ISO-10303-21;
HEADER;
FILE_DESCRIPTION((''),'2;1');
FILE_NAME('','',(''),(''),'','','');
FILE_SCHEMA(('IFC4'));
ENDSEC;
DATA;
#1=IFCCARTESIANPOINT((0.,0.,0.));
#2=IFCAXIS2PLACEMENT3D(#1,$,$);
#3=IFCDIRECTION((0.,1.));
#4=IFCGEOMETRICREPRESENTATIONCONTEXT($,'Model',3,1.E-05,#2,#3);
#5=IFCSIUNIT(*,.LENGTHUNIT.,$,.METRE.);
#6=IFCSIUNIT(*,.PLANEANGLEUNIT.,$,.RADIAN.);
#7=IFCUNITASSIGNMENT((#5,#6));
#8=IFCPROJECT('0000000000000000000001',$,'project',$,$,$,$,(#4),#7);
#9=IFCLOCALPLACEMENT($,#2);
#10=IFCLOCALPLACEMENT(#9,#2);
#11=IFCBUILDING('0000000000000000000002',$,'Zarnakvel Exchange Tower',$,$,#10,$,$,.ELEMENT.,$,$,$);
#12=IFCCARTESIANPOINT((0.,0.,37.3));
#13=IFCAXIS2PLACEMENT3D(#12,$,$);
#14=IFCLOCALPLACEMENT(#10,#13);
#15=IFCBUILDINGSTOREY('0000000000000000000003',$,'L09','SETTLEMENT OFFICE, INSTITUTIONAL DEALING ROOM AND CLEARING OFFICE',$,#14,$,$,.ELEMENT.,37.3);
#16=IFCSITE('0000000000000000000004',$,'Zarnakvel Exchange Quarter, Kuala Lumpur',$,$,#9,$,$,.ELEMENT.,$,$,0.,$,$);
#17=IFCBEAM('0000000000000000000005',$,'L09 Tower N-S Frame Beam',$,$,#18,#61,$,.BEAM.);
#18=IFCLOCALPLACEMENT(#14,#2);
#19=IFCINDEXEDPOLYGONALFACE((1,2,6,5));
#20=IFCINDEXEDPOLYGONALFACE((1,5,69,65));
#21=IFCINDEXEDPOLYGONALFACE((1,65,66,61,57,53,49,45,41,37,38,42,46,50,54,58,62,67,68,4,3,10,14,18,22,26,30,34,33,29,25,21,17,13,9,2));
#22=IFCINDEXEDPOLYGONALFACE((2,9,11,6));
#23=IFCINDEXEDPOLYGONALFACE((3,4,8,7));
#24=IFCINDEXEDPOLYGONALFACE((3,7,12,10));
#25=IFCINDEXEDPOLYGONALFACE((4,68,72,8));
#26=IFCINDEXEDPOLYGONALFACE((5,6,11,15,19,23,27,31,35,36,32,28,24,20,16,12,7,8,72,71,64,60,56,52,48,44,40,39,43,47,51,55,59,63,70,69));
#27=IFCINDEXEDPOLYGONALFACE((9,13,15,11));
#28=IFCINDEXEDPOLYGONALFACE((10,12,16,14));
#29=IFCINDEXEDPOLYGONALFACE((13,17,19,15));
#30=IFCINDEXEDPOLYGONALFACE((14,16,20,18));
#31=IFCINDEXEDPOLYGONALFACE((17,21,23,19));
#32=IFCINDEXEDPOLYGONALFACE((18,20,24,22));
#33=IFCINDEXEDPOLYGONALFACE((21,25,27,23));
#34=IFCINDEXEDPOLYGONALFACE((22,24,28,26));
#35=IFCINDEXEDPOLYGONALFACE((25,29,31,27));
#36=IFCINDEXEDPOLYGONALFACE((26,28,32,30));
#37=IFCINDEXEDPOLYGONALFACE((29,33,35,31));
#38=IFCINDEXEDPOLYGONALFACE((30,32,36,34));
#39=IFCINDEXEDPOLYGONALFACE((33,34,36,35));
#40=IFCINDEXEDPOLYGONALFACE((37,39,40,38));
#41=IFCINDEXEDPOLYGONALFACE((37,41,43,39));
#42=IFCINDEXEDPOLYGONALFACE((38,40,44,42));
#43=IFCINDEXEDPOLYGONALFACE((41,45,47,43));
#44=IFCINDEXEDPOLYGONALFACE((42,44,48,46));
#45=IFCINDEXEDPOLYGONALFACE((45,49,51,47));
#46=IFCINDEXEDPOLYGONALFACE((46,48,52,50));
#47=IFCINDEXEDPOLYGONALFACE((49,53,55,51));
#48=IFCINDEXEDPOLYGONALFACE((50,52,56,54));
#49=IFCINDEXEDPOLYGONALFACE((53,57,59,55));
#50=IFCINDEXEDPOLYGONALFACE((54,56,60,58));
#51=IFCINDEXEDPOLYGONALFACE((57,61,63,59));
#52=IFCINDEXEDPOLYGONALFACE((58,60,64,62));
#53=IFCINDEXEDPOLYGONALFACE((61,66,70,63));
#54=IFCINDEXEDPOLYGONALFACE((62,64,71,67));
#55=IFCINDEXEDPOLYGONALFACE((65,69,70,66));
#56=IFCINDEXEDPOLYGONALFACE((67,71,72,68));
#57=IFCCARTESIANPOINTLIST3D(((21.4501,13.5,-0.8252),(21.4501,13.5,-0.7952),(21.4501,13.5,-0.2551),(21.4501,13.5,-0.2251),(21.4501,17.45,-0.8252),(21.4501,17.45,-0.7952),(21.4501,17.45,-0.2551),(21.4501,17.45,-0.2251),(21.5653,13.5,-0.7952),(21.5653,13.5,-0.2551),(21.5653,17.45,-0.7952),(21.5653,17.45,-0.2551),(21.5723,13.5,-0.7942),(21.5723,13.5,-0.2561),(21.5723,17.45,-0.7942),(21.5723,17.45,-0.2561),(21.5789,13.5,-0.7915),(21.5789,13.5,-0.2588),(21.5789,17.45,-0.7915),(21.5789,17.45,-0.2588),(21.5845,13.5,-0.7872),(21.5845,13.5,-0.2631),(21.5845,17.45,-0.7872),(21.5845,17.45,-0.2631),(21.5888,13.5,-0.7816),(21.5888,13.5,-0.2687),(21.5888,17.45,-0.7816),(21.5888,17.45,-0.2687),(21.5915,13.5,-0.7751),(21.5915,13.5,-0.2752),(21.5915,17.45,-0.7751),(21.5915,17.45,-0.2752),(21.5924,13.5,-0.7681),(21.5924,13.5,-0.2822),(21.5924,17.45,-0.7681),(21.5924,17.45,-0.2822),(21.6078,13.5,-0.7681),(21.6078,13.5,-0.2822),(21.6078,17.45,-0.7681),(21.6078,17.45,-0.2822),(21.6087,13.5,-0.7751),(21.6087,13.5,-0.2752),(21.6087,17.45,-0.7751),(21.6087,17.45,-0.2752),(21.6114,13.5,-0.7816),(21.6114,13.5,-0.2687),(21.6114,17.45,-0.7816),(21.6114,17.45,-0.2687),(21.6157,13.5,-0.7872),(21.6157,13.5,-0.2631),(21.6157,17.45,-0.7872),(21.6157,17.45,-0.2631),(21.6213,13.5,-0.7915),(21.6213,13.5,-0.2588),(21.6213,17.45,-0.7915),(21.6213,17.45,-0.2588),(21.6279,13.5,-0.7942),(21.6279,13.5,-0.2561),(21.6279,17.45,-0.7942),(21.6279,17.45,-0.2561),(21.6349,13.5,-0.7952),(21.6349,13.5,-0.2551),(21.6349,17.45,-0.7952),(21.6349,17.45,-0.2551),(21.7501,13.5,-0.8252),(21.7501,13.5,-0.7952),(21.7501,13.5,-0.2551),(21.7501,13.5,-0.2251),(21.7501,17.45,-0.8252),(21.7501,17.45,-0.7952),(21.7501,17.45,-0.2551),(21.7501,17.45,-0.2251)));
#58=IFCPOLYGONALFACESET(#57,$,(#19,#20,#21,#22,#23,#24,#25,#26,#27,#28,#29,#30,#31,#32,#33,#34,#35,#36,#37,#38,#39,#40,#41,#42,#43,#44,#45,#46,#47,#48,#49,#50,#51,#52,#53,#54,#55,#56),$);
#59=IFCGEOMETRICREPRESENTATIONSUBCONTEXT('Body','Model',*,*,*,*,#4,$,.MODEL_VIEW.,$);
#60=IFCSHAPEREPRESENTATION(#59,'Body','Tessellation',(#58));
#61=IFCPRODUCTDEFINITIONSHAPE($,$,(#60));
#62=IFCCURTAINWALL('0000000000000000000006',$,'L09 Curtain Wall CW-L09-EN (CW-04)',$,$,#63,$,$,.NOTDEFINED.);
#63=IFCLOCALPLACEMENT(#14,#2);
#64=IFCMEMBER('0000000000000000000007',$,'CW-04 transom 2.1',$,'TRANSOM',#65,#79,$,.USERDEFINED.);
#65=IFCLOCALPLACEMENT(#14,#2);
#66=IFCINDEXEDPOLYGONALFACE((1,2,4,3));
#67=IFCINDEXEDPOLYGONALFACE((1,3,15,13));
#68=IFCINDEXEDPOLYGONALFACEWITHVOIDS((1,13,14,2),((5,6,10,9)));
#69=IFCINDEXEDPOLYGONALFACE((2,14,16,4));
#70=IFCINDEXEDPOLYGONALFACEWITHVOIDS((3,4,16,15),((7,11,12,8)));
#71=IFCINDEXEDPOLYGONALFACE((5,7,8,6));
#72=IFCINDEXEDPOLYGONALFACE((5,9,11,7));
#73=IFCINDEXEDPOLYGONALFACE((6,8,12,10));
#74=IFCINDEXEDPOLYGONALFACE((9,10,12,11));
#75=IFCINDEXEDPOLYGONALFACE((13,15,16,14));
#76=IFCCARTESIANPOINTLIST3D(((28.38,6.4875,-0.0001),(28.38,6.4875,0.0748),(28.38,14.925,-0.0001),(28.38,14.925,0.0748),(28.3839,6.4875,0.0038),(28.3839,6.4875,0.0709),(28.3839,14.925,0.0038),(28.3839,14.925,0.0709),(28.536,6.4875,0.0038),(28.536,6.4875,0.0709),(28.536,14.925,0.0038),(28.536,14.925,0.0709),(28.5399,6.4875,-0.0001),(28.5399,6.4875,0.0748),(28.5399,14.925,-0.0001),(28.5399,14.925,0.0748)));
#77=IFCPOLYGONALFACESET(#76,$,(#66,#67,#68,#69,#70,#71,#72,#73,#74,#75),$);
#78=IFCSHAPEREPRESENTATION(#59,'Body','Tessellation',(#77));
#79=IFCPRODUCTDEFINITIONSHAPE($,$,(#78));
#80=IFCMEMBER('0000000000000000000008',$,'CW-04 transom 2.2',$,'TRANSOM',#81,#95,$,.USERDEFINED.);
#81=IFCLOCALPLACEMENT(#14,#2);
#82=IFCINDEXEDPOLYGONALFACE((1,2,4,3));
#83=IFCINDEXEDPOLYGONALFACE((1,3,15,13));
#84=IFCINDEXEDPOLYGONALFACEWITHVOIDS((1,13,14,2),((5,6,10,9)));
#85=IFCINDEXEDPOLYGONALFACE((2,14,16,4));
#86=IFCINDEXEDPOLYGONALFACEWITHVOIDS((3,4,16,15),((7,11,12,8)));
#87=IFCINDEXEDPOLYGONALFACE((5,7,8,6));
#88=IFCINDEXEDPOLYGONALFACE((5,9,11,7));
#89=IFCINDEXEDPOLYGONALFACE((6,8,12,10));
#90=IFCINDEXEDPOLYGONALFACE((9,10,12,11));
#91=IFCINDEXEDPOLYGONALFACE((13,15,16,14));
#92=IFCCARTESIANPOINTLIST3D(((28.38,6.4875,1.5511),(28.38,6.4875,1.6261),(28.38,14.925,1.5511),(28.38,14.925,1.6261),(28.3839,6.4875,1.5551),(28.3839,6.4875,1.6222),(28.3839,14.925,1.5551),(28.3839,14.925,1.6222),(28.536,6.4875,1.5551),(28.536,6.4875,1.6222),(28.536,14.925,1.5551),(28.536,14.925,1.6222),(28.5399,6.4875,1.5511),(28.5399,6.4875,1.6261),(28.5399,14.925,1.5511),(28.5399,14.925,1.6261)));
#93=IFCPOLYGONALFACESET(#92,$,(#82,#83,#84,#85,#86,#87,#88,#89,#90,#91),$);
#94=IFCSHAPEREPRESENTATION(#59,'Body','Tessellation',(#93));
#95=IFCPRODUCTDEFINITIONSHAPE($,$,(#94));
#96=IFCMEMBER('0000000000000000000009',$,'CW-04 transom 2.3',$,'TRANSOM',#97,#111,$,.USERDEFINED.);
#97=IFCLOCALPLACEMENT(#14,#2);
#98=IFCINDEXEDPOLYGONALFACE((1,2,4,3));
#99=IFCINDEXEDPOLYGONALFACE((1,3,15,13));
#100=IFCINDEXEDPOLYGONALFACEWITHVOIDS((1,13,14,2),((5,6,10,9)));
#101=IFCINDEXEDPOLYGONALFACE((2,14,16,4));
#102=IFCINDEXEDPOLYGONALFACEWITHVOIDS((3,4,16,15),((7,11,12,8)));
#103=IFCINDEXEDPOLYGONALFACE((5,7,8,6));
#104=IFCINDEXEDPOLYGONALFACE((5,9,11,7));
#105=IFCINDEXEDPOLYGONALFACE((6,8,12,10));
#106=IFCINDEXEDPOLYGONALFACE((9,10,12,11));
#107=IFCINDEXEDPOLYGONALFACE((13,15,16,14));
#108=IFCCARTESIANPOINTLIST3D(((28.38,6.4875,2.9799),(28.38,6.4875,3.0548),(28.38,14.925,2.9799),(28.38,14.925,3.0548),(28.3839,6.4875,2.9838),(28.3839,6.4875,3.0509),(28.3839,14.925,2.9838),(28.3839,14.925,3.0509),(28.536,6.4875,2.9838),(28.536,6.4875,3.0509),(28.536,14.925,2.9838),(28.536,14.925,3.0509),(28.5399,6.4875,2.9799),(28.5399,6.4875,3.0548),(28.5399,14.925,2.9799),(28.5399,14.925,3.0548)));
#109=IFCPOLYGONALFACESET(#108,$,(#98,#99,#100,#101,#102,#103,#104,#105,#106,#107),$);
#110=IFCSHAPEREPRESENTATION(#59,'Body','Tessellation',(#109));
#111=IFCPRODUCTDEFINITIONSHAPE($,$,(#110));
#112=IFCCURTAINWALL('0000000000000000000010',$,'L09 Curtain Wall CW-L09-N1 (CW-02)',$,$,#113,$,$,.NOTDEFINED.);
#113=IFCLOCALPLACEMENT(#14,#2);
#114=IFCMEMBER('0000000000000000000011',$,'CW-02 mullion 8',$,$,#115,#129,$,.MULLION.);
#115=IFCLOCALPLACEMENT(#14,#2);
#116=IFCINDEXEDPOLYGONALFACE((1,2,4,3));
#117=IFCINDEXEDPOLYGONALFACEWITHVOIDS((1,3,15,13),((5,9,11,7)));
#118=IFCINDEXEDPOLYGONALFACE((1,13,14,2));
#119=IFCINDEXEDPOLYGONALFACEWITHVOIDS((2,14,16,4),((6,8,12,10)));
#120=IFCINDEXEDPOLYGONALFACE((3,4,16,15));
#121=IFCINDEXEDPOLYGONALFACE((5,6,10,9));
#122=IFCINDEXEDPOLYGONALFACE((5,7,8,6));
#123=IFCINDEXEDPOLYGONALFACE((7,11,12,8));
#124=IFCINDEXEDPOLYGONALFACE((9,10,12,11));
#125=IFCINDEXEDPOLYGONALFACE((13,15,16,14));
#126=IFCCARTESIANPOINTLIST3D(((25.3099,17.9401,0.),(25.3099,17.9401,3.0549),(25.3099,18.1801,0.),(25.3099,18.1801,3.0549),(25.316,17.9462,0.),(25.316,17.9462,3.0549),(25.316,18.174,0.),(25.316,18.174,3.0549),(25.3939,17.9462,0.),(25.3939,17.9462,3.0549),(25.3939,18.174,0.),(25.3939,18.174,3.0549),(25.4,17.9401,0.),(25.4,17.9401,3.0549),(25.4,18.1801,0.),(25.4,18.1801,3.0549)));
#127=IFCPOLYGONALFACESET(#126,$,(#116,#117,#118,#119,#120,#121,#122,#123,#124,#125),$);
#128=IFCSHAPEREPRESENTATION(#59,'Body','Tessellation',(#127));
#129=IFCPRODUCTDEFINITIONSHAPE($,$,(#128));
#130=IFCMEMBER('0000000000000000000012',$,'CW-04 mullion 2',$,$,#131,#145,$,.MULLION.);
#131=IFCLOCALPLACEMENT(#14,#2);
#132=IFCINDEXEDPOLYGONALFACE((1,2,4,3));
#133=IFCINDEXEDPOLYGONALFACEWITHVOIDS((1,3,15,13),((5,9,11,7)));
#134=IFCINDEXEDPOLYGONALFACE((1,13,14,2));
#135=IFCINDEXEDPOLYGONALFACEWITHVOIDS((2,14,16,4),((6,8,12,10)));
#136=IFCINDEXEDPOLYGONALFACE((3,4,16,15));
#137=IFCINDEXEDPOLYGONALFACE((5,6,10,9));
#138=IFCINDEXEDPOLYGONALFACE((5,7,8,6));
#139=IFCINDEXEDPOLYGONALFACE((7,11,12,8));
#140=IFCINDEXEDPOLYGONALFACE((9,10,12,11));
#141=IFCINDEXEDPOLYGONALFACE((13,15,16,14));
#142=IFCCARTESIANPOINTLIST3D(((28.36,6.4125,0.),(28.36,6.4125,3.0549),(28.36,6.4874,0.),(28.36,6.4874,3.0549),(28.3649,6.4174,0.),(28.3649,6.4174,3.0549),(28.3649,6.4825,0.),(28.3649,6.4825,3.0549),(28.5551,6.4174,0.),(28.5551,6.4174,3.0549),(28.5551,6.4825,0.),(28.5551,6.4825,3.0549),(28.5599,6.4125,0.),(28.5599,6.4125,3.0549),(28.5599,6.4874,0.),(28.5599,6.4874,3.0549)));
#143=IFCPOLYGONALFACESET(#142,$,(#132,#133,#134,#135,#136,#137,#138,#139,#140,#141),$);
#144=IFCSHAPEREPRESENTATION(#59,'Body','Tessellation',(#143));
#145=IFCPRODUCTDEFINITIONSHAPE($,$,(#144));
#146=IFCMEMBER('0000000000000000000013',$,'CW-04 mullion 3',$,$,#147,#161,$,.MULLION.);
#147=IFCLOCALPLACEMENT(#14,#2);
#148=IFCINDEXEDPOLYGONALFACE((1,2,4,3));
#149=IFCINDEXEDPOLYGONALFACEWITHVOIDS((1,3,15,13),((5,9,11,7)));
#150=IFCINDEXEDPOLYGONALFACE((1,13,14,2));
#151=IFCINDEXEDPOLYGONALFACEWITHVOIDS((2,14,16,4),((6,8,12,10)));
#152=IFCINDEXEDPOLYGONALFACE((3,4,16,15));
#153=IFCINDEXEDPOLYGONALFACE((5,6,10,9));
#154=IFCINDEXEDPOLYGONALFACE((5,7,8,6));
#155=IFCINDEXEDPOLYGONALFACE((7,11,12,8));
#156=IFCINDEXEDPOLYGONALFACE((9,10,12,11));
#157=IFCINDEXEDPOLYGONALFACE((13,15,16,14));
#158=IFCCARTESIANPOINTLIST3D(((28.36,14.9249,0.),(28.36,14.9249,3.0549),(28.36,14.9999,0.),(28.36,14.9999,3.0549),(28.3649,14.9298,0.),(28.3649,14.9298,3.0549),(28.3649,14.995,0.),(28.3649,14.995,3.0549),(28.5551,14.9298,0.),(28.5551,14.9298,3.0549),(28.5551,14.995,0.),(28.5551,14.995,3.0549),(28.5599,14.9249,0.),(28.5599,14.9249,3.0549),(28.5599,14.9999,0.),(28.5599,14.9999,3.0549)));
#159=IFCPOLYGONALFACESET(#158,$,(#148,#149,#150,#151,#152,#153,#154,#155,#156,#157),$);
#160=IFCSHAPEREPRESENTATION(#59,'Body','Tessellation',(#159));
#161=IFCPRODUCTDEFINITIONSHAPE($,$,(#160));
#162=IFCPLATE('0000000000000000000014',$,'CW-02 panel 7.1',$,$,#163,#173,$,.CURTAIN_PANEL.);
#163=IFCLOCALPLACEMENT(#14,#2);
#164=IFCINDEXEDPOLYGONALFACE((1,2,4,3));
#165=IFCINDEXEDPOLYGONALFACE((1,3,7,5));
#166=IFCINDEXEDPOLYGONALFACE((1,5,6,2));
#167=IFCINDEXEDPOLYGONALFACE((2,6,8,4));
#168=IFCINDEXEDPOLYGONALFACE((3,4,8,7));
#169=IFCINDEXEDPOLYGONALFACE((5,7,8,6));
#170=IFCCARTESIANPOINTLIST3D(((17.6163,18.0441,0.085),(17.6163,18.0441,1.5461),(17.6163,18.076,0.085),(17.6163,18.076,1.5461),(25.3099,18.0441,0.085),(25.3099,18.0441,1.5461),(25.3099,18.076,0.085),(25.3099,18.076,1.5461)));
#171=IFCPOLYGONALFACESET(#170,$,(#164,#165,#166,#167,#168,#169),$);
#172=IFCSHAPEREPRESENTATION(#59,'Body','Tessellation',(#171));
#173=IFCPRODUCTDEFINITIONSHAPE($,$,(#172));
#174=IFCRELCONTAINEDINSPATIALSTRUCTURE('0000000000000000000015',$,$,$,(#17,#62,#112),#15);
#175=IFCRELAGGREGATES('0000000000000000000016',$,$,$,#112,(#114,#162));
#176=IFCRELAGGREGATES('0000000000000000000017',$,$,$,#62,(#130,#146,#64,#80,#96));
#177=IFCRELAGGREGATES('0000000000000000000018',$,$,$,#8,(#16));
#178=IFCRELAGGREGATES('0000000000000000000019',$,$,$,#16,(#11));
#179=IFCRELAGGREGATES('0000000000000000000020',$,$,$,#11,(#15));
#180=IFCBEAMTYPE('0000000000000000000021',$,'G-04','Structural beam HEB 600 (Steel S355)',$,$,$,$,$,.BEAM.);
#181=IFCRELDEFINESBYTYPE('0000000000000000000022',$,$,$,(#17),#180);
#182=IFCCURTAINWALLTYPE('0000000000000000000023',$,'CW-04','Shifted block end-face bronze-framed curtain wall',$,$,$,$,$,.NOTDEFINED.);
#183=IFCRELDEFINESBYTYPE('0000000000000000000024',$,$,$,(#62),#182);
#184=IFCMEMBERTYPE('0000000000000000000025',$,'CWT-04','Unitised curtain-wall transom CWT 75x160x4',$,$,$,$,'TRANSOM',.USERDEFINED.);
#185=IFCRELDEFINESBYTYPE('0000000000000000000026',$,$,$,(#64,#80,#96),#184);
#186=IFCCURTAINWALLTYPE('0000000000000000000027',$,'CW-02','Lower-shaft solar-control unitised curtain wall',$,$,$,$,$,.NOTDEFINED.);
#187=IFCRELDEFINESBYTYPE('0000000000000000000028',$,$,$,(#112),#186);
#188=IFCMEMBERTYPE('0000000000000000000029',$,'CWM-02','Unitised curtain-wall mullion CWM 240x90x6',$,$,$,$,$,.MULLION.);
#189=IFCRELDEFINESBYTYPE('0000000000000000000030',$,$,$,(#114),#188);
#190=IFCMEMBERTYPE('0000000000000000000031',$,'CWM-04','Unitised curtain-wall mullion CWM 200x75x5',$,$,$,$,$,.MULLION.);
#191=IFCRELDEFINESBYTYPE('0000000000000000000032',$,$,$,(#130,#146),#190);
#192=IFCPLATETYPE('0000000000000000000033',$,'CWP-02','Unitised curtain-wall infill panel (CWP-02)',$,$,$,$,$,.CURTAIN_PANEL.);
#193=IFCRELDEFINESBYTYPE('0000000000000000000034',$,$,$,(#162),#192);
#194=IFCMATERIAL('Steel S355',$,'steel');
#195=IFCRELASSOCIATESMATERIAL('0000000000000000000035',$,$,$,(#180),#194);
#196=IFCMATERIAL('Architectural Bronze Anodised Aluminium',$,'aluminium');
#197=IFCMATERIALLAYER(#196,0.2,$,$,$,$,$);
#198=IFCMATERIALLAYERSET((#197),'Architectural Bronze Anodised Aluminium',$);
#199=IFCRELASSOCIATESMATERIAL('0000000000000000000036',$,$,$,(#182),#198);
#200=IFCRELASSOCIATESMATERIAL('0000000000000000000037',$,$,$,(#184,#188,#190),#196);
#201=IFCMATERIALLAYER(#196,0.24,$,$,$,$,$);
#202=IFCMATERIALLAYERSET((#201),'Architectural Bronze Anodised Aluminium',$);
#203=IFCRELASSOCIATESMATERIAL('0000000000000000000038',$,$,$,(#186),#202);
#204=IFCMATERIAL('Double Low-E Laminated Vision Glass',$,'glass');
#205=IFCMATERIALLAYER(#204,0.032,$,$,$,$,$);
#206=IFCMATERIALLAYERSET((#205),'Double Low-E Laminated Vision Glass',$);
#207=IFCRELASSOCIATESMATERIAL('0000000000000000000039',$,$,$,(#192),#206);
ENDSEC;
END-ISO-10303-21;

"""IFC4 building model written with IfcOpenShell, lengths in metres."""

from ifc_helpers import new_model, si_unit, direction, frame, origin, origin_2d, place, context, subcontext, project, spatial, rectangle, hollow_rectangle, i_section, extrude, source, transform, mapped, material, layer, layer_set, material_profile, profile_set, type_object, element, aggregate, save


model = new_model("IFC4")

# Units and contexts
model_context = context("Model", 3, precision=1e-05, world=origin(), true_north=direction((0.0, 1.0)))
body_context = subcontext(model_context, "Body", "Model", "MODEL_VIEW")
ifc_project = project(units=[si_unit("LENGTHUNIT", "METRE"), si_unit("PLANEANGLEUNIT", "RADIAN")], contexts=[model_context])

# Site, building, storey
site_placement = place(None, origin())
site = spatial("IfcSite", under=ifc_project, at=site_placement, Name="Zarnakvel Exchange Quarter, Kuala Lumpur", CompositionType="ELEMENT", RefElevation=0.0)
building_placement = place(site_placement, origin())
building = spatial("IfcBuilding", under=site, at=building_placement, Name="Zarnakvel Exchange Tower", CompositionType="ELEMENT")
storey_placement = place(building_placement, frame((0.0, 0.0, 37.3)))
storey = spatial("IfcBuildingStorey", under=building, at=storey_placement, Name="L09", Description="SETTLEMENT OFFICE, INSTITUTIONAL DEALING ROOM AND CLEARING OFFICE", CompositionType="ELEMENT", Elevation=37.3)

# Shared definitions
ifc_material_1 = material(Name="Steel S355", Category="steel")

# Beam
ifc_material_profile_1 = material_profile(ifc_material_1, i_section(OverallWidth=0.3, OverallDepth=0.6001, WebThickness=0.0154, FlangeThickness=0.03, FilletRadius=0.0271, at=origin_2d()))
ifc_profile_set_1 = profile_set([ifc_material_profile_1], Name="Steel S355")
beam_type = type_object("IfcBeamType", Name="G-04", Description="Structural beam HEB 600 (Steel S355)", PredefinedType="BEAM", material=ifc_profile_set_1)
beam_1_placement = place(storey_placement, frame((21.6001, 13.5, -0.5251), z_axis=(0.0, 1.0, 0.0), x_axis=(-1.0, 0.0, 0.0)))
element("IfcBeam", 1, at=beam_1_placement, inside=storey, type_object=beam_type, Name="L09 Tower N-S Frame Beam", PredefinedType="BEAM", context=body_context, shape_type="SweptSolid", body=[
    extrude(i_section(OverallWidth=0.3, OverallDepth=0.6001, WebThickness=0.0154, FlangeThickness=0.03, FilletRadius=0.0271, at=origin_2d()), origin(), (0.0, 0.0, 1.0), 3.95),
])

# Curtain wall, members
ifc_material_2 = material(Name="Architectural Bronze Anodised Aluminium", Category="aluminium")
ifc_layer_1 = layer(ifc_material_2, 0.2)
ifc_layer_set_1 = layer_set([ifc_layer_1], Name="Architectural Bronze Anodised Aluminium")
curtain_wall_type_1 = type_object("IfcCurtainWallType", Name="CW-04", Description="Shifted block end-face bronze-framed curtain wall", PredefinedType="NOTDEFINED", material=ifc_layer_set_1)
curtain_wall_1_placement = place(storey_placement, origin())
curtain_wall_1 = element("IfcCurtainWall", 2, at=curtain_wall_1_placement, inside=storey, type_object=curtain_wall_type_1, Name="L09 Curtain Wall CW-L09-EN (CW-04)", PredefinedType="NOTDEFINED")
ifc_material_profile_2 = material_profile(ifc_material_2, hollow_rectangle(XDim=0.1599, YDim=0.075, WallThickness=0.0039, at=origin_2d()))
ifc_profile_set_2 = profile_set([ifc_material_profile_2], Name="Architectural Bronze Anodised Aluminium")
member_type_1 = type_object("IfcMemberType", Name="CWT-04", Description="Unitised curtain-wall transom CWT 75x160x4", ElementType="TRANSOM", PredefinedType="USERDEFINED", material=ifc_profile_set_2)
shared_shape_1 = source(origin(), body_context, "Body", "SweptSolid", [
    extrude(hollow_rectangle(XDim=0.1599, YDim=0.075, WallThickness=0.0039, at=origin_2d()), origin(), (0.0, 0.0, 1.0), 8.4375),
])
member_1_placement = place(storey_placement, frame((28.46, 6.4875, 0.0374), z_axis=(0.0, 1.0, 0.0), x_axis=(-1.0, 0.0, 0.0)))
member_1 = element("IfcMember", 3, at=member_1_placement, type_object=member_type_1, Name="CW-04 transom 2.1", ObjectType="TRANSOM", PredefinedType="USERDEFINED", context=body_context, shape_type="MappedRepresentation", body=[
    mapped(shared_shape_1, transform((0.0, 0.0, 0.0), x_axis=(1.0, 0.0, 0.0), y_axis=(0.0, 1.0, 0.0), z_axis=(0.0, 0.0, 1.0), scale=1.0)),
])
member_2_placement = place(storey_placement, frame((28.46, 6.4875, 1.5886), z_axis=(0.0, 1.0, 0.0), x_axis=(-1.0, 0.0, 0.0)))
member_2 = element("IfcMember", 4, at=member_2_placement, type_object=member_type_1, Name="CW-04 transom 2.2", ObjectType="TRANSOM", PredefinedType="USERDEFINED", context=body_context, shape_type="MappedRepresentation", body=[
    mapped(shared_shape_1, transform((0.0, 0.0, 0.0), x_axis=(1.0, 0.0, 0.0), y_axis=(0.0, 1.0, 0.0), z_axis=(0.0, 0.0, 1.0), scale=1.0)),
])
member_3_placement = place(storey_placement, frame((28.46, 6.4875, 3.0173), z_axis=(0.0, 1.0, 0.0), x_axis=(-1.0, 0.0, 0.0)))
member_3 = element("IfcMember", 5, at=member_3_placement, type_object=member_type_1, Name="CW-04 transom 2.3", ObjectType="TRANSOM", PredefinedType="USERDEFINED", context=body_context, shape_type="MappedRepresentation", body=[
    mapped(shared_shape_1, transform((0.0, 0.0, 0.0), x_axis=(1.0, 0.0, 0.0), y_axis=(0.0, 1.0, 0.0), z_axis=(0.0, 0.0, 1.0), scale=1.0)),
])

# Curtain wall, member
ifc_layer_2 = layer(ifc_material_2, 0.24)
ifc_layer_set_2 = layer_set([ifc_layer_2], Name="Architectural Bronze Anodised Aluminium")
curtain_wall_type_2 = type_object("IfcCurtainWallType", Name="CW-02", Description="Lower-shaft solar-control unitised curtain wall", PredefinedType="NOTDEFINED", material=ifc_layer_set_2)
curtain_wall_2_placement = place(storey_placement, origin())
curtain_wall_2 = element("IfcCurtainWall", 6, at=curtain_wall_2_placement, inside=storey, type_object=curtain_wall_type_2, Name="L09 Curtain Wall CW-L09-N1 (CW-02)", PredefinedType="NOTDEFINED")
ifc_material_profile_3 = material_profile(ifc_material_2, hollow_rectangle(XDim=0.24, YDim=0.0901, WallThickness=0.0061, at=origin_2d()))
ifc_profile_set_3 = profile_set([ifc_material_profile_3], Name="Architectural Bronze Anodised Aluminium")
member_type_2 = type_object("IfcMemberType", Name="CWM-02", Description="Unitised curtain-wall mullion CWM 240x90x6", PredefinedType="MULLION", material=ifc_profile_set_3)
shared_shape_2 = source(origin(), body_context, "Body", "SweptSolid", [
    extrude(hollow_rectangle(XDim=0.24, YDim=0.0901, WallThickness=0.0061, at=origin_2d()), origin(), (0.0, 0.0, 1.0), 3.0549),
])
member_4_placement = place(storey_placement, frame((25.355, 18.0601, 0.0), z_axis=(0.0, 0.0, 1.0), x_axis=(0.0, 1.0, 0.0)))
member_4 = element("IfcMember", 7, at=member_4_placement, type_object=member_type_2, Name="CW-02 mullion 8", PredefinedType="MULLION", context=body_context, shape_type="MappedRepresentation", body=[
    mapped(shared_shape_2, transform((0.0, 0.0, 0.0), x_axis=(1.0, 0.0, 0.0), y_axis=(0.0, 1.0, 0.0), z_axis=(0.0, 0.0, 1.0), scale=1.0)),
])

# Members
ifc_material_profile_4 = material_profile(ifc_material_2, hollow_rectangle(XDim=0.2, YDim=0.075, WallThickness=0.0049, at=origin_2d()))
ifc_profile_set_4 = profile_set([ifc_material_profile_4], Name="Architectural Bronze Anodised Aluminium")
member_type_3 = type_object("IfcMemberType", Name="CWM-04", Description="Unitised curtain-wall mullion CWM 200x75x5", PredefinedType="MULLION", material=ifc_profile_set_4)
shared_shape_3 = source(origin(), body_context, "Body", "SweptSolid", [
    extrude(hollow_rectangle(XDim=0.2, YDim=0.075, WallThickness=0.0049, at=origin_2d()), origin(), (0.0, 0.0, 1.0), 3.0549),
])
member_5_placement = place(storey_placement, frame((28.46, 6.45, 0.0), z_axis=(0.0, 0.0, 1.0), x_axis=(-1.0, 0.0, 0.0)))
member_5 = element("IfcMember", 8, at=member_5_placement, type_object=member_type_3, Name="CW-04 mullion 2", PredefinedType="MULLION", context=body_context, shape_type="MappedRepresentation", body=[
    mapped(shared_shape_3, transform((0.0, 0.0, 0.0), x_axis=(1.0, 0.0, 0.0), y_axis=(0.0, 1.0, 0.0), z_axis=(0.0, 0.0, 1.0), scale=1.0)),
])
member_6_placement = place(storey_placement, frame((28.46, 14.9624, 0.0), z_axis=(0.0, 0.0, 1.0), x_axis=(-1.0, 0.0, 0.0)))
member_6 = element("IfcMember", 9, at=member_6_placement, type_object=member_type_3, Name="CW-04 mullion 3", PredefinedType="MULLION", context=body_context, shape_type="MappedRepresentation", body=[
    mapped(shared_shape_3, transform((0.0, 0.0, 0.0), x_axis=(1.0, 0.0, 0.0), y_axis=(0.0, 1.0, 0.0), z_axis=(0.0, 0.0, 1.0), scale=1.0)),
])

# Plate
ifc_material_3 = material(Name="Double Low-E Laminated Vision Glass", Category="glass")
ifc_layer_3 = layer(ifc_material_3, 0.032)
ifc_layer_set_3 = layer_set([ifc_layer_3], Name="Double Low-E Laminated Vision Glass")
plate_type_1 = type_object("IfcPlateType", Name="CWP-02", Description="Unitised curtain-wall infill panel (CWP-02)", PredefinedType="CURTAIN_PANEL", material=ifc_layer_set_3)
shared_shape_4 = source(origin(), body_context, "Body", "SweptSolid", [
    extrude(rectangle(XDim=7.6936, YDim=0.032, at=origin_2d()), origin(), (0.0, 0.0, 1.0), 1.4612),
])
plate_1_placement = place(storey_placement, frame((21.4631, 18.0601, 0.085), z_axis=(0.0, 0.0, 1.0), x_axis=(1.0, 0.0, 0.0)))
plate_1 = element("IfcPlate", 10, at=plate_1_placement, type_object=plate_type_1, Name="CW-02 panel 7.1", PredefinedType="CURTAIN_PANEL", context=body_context, shape_type="MappedRepresentation", body=[
    mapped(shared_shape_4, transform((0.0, 0.0, 0.0), x_axis=(1.0, 0.0, 0.0), y_axis=(0.0, 1.0, 0.0), z_axis=(0.0, 0.0, 1.0), scale=1.0)),
])
aggregate(curtain_wall_2, [member_4, plate_1])
aggregate(curtain_wall_1, [member_5, member_6, member_1, member_2, member_3])

save(model, "model.ifc")
